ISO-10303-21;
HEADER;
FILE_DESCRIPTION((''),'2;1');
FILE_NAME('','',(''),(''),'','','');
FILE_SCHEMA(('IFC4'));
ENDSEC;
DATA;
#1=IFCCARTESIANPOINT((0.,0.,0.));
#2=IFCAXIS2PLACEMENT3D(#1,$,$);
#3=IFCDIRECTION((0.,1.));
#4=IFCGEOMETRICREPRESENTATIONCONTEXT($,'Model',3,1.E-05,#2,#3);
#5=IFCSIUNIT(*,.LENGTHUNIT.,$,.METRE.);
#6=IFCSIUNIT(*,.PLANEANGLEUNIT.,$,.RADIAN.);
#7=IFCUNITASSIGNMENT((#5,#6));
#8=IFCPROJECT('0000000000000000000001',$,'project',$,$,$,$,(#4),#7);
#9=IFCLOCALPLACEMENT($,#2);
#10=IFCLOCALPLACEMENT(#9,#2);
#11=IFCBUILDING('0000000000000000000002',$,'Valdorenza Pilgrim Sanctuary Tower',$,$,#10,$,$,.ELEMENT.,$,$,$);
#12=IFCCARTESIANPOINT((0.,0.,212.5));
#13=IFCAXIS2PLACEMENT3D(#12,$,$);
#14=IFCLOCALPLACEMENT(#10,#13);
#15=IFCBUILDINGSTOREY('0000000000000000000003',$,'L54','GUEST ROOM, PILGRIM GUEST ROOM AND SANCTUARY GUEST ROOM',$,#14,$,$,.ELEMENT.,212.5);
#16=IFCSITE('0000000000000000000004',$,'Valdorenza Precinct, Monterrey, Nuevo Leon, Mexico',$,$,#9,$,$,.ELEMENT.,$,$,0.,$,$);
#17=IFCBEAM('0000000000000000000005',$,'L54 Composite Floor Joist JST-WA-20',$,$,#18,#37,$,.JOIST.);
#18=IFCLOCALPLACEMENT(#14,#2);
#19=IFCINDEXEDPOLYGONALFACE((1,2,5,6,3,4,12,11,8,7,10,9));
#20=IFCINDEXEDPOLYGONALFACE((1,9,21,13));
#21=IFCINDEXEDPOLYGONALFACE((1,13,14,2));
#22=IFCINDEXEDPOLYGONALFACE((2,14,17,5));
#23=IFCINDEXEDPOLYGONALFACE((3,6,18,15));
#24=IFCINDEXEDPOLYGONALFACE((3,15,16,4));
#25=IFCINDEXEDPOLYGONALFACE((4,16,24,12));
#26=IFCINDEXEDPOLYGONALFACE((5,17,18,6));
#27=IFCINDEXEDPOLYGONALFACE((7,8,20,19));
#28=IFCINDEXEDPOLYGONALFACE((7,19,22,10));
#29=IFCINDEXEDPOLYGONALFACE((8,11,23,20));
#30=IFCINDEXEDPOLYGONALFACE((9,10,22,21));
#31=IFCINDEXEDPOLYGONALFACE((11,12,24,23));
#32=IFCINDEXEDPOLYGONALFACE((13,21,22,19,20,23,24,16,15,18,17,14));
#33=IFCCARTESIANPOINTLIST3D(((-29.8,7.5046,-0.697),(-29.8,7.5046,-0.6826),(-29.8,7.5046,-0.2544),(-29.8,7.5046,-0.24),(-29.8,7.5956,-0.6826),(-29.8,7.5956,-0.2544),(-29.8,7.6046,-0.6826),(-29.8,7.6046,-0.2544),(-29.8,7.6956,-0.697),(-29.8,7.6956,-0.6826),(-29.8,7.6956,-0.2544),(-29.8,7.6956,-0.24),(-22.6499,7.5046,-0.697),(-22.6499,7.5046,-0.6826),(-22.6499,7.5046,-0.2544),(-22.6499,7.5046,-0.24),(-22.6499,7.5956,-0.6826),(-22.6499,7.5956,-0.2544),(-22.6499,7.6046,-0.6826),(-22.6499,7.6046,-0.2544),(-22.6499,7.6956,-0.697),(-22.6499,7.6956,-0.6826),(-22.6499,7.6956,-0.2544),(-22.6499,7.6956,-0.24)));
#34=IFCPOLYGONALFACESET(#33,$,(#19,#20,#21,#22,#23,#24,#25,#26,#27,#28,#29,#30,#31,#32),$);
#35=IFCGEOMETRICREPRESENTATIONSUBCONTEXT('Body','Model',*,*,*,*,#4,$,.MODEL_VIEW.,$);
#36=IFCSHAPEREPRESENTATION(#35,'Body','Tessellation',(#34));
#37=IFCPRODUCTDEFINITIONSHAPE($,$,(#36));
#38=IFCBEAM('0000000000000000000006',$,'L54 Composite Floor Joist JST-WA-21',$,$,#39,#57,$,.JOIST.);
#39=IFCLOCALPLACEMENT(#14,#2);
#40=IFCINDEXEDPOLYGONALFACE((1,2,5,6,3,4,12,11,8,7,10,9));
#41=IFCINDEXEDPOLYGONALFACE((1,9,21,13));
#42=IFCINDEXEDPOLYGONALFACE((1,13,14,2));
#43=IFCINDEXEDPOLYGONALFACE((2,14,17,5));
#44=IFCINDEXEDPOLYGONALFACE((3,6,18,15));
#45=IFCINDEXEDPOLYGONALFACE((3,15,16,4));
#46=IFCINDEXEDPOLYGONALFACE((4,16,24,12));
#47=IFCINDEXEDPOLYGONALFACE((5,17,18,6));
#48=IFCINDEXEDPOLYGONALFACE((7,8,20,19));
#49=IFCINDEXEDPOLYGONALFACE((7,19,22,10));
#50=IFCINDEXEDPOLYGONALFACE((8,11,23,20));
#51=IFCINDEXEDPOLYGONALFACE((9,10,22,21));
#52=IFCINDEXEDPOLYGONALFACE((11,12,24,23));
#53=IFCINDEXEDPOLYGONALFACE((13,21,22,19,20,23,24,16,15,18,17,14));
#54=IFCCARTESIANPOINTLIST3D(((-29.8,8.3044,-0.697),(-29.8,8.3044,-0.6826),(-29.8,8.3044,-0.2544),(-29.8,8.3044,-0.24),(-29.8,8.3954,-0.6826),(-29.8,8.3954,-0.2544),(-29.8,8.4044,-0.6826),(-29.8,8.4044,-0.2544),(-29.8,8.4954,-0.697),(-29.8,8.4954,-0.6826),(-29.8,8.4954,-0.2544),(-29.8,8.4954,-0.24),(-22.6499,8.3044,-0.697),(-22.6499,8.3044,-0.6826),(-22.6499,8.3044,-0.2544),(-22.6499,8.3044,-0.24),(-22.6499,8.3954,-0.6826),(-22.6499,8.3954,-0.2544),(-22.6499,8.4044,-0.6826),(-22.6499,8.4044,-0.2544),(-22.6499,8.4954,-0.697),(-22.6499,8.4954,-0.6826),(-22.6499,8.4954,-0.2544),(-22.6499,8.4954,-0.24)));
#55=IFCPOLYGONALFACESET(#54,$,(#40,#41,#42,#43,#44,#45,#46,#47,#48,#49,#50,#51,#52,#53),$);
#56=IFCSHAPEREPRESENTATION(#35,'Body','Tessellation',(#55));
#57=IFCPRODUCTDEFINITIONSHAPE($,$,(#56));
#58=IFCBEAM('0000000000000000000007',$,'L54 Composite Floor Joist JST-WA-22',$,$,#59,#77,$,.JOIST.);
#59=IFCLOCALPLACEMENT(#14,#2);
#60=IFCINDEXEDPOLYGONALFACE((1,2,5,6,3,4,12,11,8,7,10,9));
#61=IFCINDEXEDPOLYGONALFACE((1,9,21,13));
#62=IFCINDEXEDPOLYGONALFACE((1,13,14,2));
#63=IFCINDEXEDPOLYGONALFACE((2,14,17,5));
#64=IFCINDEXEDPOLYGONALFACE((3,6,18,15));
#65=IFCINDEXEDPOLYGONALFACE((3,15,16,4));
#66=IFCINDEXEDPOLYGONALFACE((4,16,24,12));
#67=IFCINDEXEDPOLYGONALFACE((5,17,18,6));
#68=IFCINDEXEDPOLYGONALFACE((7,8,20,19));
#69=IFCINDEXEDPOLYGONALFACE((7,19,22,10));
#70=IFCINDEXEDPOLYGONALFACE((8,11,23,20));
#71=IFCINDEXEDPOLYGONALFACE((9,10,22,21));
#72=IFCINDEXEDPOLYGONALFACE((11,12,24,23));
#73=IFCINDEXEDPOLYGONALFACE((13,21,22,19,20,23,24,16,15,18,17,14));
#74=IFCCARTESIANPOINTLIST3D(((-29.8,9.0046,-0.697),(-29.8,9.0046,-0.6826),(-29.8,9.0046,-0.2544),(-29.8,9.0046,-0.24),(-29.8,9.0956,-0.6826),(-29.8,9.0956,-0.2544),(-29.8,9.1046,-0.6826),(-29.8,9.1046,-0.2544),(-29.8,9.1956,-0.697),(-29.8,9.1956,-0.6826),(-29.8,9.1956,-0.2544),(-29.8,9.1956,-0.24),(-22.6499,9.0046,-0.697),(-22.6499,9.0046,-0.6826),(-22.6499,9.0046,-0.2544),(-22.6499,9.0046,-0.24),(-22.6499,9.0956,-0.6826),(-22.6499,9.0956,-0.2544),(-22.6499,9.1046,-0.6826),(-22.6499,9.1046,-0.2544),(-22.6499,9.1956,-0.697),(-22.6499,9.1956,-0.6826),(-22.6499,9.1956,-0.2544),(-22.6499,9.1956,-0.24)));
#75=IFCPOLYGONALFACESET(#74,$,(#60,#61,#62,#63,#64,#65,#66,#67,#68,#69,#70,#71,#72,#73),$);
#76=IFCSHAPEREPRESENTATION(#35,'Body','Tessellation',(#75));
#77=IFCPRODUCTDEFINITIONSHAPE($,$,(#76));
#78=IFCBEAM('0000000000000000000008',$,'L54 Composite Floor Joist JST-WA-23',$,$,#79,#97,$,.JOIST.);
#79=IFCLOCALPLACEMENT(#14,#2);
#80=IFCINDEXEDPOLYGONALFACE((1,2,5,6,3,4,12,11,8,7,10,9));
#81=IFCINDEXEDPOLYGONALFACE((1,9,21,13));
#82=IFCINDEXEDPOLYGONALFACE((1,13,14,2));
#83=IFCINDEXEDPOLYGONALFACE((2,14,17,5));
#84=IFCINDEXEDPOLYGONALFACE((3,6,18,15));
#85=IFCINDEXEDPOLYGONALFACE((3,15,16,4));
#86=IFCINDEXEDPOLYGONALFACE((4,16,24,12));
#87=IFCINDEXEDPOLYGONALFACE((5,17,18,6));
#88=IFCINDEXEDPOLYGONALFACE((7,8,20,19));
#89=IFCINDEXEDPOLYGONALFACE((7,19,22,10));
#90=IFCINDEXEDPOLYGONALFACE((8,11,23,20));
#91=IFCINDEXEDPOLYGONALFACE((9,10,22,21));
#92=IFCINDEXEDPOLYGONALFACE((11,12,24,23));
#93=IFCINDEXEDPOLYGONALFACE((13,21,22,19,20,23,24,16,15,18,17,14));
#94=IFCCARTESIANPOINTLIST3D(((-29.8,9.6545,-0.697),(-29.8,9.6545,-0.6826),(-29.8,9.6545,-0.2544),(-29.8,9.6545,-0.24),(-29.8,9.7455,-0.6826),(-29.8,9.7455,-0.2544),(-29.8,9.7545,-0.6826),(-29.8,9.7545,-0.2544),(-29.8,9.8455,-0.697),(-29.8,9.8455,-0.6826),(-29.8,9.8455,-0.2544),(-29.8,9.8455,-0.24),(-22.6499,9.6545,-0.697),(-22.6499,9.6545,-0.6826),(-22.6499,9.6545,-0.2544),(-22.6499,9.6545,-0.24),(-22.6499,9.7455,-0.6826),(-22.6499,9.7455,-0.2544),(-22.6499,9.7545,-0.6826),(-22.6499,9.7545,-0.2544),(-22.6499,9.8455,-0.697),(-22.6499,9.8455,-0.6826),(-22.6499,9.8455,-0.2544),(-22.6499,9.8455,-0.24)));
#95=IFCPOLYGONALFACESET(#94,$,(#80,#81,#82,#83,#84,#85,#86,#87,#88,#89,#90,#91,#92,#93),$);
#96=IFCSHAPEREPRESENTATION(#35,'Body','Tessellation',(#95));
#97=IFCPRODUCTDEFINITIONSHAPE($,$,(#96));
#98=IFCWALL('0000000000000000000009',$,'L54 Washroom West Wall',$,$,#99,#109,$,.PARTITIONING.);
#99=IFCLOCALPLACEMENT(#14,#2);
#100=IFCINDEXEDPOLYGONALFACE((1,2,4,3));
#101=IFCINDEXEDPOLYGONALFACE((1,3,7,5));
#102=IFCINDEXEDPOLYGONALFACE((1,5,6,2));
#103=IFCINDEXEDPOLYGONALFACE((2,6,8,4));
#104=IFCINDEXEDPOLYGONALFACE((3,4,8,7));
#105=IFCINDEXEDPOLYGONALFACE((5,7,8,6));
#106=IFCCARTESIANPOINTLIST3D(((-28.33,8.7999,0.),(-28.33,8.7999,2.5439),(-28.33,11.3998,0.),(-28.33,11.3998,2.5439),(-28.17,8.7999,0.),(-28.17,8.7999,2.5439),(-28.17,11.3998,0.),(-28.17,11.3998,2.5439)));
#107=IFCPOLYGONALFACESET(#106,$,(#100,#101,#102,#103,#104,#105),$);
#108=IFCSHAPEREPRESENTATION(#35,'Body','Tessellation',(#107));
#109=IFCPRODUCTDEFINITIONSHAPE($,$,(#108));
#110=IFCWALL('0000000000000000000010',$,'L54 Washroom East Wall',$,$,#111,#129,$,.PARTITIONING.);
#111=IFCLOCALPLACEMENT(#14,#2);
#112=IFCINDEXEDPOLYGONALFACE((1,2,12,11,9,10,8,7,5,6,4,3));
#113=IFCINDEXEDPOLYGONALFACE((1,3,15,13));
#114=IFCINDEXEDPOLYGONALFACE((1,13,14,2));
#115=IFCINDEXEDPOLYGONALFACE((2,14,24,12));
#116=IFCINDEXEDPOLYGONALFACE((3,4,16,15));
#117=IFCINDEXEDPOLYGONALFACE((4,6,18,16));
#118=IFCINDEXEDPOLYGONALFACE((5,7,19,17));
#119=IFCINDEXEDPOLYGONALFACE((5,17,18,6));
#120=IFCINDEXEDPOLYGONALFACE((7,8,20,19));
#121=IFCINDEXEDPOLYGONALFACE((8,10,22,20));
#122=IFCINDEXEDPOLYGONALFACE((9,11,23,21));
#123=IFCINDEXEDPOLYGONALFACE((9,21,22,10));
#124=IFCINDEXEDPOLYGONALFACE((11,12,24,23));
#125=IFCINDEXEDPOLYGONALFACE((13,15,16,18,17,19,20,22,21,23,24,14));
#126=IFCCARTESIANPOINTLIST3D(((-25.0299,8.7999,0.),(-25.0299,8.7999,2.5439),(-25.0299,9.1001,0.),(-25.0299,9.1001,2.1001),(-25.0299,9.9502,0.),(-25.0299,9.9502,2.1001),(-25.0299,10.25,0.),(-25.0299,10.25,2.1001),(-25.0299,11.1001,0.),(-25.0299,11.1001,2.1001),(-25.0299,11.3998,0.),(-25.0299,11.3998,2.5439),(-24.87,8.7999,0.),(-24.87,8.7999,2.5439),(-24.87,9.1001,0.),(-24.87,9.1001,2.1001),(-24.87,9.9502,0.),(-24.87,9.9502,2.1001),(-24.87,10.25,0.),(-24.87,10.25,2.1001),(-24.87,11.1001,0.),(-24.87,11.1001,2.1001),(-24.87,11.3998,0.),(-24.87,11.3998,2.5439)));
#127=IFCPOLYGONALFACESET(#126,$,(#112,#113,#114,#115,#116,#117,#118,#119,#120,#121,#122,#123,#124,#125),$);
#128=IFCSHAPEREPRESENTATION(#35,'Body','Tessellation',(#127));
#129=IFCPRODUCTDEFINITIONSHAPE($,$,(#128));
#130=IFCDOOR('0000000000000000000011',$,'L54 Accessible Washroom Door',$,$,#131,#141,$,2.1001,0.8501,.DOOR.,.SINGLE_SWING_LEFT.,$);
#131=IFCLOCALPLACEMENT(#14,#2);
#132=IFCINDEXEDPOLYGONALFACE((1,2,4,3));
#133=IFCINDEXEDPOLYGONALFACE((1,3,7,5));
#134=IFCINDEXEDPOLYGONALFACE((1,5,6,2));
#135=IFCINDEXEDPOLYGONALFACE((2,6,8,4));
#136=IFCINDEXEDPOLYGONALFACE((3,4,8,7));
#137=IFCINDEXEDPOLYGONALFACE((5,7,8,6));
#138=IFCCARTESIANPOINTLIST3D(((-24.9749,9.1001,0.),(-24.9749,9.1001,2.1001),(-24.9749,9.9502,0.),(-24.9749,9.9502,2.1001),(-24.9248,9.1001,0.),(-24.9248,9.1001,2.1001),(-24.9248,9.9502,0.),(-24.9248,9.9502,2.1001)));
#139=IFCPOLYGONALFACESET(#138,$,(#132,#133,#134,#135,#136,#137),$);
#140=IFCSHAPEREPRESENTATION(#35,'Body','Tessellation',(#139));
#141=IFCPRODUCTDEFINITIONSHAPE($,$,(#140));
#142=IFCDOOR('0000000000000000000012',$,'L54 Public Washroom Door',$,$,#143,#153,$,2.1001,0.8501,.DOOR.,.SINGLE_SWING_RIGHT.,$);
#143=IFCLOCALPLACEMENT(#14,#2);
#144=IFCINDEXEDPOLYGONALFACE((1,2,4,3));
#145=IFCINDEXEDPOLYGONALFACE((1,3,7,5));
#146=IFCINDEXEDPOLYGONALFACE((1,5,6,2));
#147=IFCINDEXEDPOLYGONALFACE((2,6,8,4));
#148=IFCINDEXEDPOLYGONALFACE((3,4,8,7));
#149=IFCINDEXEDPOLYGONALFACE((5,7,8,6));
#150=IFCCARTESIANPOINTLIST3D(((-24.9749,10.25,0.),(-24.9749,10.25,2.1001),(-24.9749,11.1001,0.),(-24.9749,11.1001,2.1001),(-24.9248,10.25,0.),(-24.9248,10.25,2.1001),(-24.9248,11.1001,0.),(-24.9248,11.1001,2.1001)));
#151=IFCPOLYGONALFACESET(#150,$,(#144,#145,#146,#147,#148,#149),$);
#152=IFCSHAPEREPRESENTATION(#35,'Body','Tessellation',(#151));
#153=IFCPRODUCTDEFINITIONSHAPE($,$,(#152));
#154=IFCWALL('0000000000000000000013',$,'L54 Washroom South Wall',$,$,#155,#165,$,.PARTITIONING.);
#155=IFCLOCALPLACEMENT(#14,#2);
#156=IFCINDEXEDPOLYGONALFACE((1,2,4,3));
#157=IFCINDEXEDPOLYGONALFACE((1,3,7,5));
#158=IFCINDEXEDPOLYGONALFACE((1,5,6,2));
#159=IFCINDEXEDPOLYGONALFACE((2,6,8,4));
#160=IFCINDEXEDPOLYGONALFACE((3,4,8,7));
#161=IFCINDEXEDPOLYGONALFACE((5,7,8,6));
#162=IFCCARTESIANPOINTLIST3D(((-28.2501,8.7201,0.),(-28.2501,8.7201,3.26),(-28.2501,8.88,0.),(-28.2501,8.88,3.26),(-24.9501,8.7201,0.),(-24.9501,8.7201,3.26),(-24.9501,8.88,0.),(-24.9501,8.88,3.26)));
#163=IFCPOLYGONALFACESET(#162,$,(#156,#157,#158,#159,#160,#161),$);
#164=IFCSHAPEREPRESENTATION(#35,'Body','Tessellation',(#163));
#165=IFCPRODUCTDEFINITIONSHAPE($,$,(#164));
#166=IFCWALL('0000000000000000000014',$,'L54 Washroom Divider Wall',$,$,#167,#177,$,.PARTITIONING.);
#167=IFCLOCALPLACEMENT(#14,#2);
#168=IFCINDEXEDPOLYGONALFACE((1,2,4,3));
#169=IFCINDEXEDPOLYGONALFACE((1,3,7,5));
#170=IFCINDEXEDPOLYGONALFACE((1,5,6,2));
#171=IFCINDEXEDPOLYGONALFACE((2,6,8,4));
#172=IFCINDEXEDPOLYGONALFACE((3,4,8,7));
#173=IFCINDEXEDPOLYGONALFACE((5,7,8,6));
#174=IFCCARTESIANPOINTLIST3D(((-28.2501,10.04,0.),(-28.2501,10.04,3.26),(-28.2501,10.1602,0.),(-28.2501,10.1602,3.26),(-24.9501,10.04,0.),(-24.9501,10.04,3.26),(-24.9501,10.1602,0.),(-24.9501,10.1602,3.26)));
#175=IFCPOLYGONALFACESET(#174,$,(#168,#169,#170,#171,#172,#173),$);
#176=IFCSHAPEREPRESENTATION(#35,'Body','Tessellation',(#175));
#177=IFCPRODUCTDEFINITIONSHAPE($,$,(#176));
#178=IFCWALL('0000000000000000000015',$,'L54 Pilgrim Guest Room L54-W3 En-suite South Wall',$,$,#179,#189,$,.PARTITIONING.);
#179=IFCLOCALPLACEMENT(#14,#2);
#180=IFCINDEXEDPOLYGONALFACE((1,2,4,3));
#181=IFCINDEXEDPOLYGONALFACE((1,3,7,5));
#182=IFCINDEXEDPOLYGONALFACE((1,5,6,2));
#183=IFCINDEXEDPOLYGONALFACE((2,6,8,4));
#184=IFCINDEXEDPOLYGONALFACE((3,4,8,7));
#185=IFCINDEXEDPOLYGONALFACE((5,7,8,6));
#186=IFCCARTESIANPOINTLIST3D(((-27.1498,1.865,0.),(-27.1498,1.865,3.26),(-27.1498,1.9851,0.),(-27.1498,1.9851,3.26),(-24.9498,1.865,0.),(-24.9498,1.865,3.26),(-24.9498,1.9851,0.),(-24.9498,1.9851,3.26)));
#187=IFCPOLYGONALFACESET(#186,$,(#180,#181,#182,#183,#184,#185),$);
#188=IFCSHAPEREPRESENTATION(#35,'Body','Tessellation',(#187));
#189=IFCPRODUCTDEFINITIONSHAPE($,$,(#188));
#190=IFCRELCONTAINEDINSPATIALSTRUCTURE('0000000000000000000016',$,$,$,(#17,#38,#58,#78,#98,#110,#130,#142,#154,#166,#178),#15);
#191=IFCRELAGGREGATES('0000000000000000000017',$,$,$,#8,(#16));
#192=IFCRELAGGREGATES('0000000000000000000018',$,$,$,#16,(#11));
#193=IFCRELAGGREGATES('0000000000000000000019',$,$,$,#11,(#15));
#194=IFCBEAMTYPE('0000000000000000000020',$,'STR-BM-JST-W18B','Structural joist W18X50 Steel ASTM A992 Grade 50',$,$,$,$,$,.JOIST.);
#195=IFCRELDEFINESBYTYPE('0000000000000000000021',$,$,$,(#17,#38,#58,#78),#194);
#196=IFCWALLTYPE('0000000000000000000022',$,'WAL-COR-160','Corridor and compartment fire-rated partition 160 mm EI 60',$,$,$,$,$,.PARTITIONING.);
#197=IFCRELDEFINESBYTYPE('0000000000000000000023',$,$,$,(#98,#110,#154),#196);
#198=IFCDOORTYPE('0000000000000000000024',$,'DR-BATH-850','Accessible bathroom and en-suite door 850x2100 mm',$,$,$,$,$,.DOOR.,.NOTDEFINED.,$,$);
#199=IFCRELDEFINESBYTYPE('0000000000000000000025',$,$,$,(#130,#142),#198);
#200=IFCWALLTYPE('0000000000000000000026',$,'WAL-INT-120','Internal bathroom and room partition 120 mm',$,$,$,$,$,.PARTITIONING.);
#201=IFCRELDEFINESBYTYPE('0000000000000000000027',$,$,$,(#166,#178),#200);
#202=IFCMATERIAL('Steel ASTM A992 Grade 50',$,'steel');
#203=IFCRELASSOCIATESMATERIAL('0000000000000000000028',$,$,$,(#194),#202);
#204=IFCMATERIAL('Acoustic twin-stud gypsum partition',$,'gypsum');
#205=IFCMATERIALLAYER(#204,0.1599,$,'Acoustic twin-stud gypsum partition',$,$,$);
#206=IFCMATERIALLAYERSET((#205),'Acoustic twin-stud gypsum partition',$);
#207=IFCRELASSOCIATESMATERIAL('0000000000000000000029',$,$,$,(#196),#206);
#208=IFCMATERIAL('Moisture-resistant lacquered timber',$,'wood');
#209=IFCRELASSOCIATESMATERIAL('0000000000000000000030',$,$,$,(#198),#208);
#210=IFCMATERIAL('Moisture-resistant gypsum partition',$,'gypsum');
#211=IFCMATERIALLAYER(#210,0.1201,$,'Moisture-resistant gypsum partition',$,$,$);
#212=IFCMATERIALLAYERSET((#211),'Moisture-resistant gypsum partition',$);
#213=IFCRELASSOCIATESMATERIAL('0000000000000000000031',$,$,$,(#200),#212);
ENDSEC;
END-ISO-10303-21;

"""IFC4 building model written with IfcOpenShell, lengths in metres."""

from ifc_helpers import new_model, si_unit, direction, frame, frame_2d, origin, origin_2d, place, context, subcontext, project, spatial, rectangle, i_section, extrude, source, transform, mapped, material, layer, layer_set, material_profile, profile_set, type_object, element, fill, save


model = new_model("IFC4")

# Units and contexts
model_context = context("Model", 3, precision=1e-05, world=origin(), true_north=direction((0.0, 1.0)))
body_context = subcontext(model_context, "Body", "Model", "MODEL_VIEW")
ifc_project = project(units=[si_unit("LENGTHUNIT", "METRE"), si_unit("PLANEANGLEUNIT", "RADIAN")], contexts=[model_context])

# Site, building, storey
site_placement = place(None, origin())
site = spatial("IfcSite", under=ifc_project, at=site_placement, Name="Valdorenza Precinct, Monterrey, Nuevo Leon, Mexico", CompositionType="ELEMENT", RefElevation=0.0)
building_placement = place(site_placement, origin())
building = spatial("IfcBuilding", under=site, at=building_placement, Name="Valdorenza Pilgrim Sanctuary Tower", CompositionType="ELEMENT")
storey_placement = place(building_placement, frame((0.0, 0.0, 212.5)))
storey = spatial("IfcBuildingStorey", under=building, at=storey_placement, Name="L54", Description="GUEST ROOM, PILGRIM GUEST ROOM AND SANCTUARY GUEST ROOM", CompositionType="ELEMENT", Elevation=212.5)

# Beams
ifc_material_1 = material(Name="Steel ASTM A992 Grade 50", Category="steel")
ifc_material_profile = material_profile(ifc_material_1, i_section(OverallWidth=0.1909, OverallDepth=0.457, WebThickness=0.009, FlangeThickness=0.0144, at=origin_2d()), Name="W18X50")
ifc_profile_set = profile_set([ifc_material_profile], Name="Steel ASTM A992 Grade 50")
beam_type = type_object("IfcBeamType", Name="STR-BM-JST-W18B", Description="Structural joist W18X50 Steel ASTM A992 Grade 50", PredefinedType="JOIST", material=ifc_profile_set)
shared_shape = source(origin(), body_context, "Body", "SweptSolid", [
    extrude(i_section(OverallWidth=0.1909, OverallDepth=0.457, WebThickness=0.009, FlangeThickness=0.0144, at=origin_2d()), origin(), (0.0, 0.0, 1.0), 7.1501),
])
for number, where, z_axis, x_axis, name in (
    (1, (-29.8, 7.6001, -0.4685), (1.0, 0.0, 0.0), (0.0, 1.0, 0.0), "L54 Composite Floor Joist JST-WA-20"),
    (2, (-29.8, 8.3999, -0.4685), (1.0, 0.0, 0.0), (0.0, 1.0, 0.0), "L54 Composite Floor Joist JST-WA-21"),
    (3, (-29.8, 9.1001, -0.4685), (1.0, 0.0, 0.0), (0.0, 1.0, 0.0), "L54 Composite Floor Joist JST-WA-22"),
    (4, (-29.8, 9.75, -0.4685), (1.0, 0.0, 0.0), (0.0, 1.0, 0.0), "L54 Composite Floor Joist JST-WA-23"),
):
    element("IfcBeam", number, at=place(storey_placement, frame(where, z_axis=z_axis, x_axis=x_axis)), inside=storey, type_object=beam_type, Name=name, PredefinedType="JOIST", context=body_context, shape_type="MappedRepresentation", body=[
        mapped(shared_shape, transform((0.0, 0.0, 0.0), x_axis=(1.0, 0.0, 0.0), y_axis=(0.0, 1.0, 0.0), z_axis=(0.0, 0.0, 1.0), scale=1.0)),
    ])

# Wall
ifc_material_2 = material(Name="Acoustic twin-stud gypsum partition", Category="gypsum")
ifc_layer_1 = layer(ifc_material_2, 0.1599, Name="Acoustic twin-stud gypsum partition")
ifc_layer_set_1 = layer_set([ifc_layer_1], Name="Acoustic twin-stud gypsum partition")
wall_type_1 = type_object("IfcWallType", Name="WAL-COR-160", Description="Corridor and compartment fire-rated partition 160 mm EI 60", PredefinedType="PARTITIONING", material=ifc_layer_set_1)
wall_1_placement = place(storey_placement, frame((-28.25, 8.8, 0.0), z_axis=(0.0, 0.0, 1.0), x_axis=(0.0, 1.0, 0.0)))
element("IfcWall", 5, at=wall_1_placement, inside=storey, type_object=wall_type_1, Name="L54 Washroom West Wall", PredefinedType="PARTITIONING", context=body_context, shape_type="SweptSolid", body=[
    extrude(rectangle(XDim=2.5999, YDim=0.1599, at=frame_2d((1.2998, 0.0))), origin(), (0.0, 0.0, 1.0), 2.5439),
])

# Wall, openings, doors
wall_2_placement = place(storey_placement, frame((-24.95, 8.8, 0.0), z_axis=(0.0, 0.0, 1.0), x_axis=(0.0, 1.0, 0.0)))
wall_2 = element("IfcWall", 6, at=wall_2_placement, inside=storey, type_object=wall_type_1, Name="L54 Washroom East Wall", PredefinedType="PARTITIONING", context=body_context, shape_type="SweptSolid", body=[
    extrude(rectangle(XDim=2.5999, YDim=0.1599, at=frame_2d((1.2998, 0.0))), origin(), (0.0, 0.0, 1.0), 2.5439),
])
opening_1_placement = place(wall_2_placement, frame((0.3, 0.0, 0.0)))
opening_1 = element("IfcOpeningElement", 7, at=opening_1_placement, cuts=wall_2, PredefinedType="OPENING", context=body_context, shape_type="SweptSolid", body=[
    extrude(rectangle(XDim=0.8501, YDim=2.1001, at=frame_2d((0.425, 1.05))), frame((0.0, 0.0947, 0.0), z_axis=(0.0, -1.0, 0.0), x_axis=(1.0, 0.0, 0.0)), (0.0, 0.0, 1.0), 0.1897),
])
opening_2_placement = place(wall_2_placement, frame((1.45, 0.0, 0.0)))
opening_2 = element("IfcOpeningElement", 8, at=opening_2_placement, cuts=wall_2, PredefinedType="OPENING", context=body_context, shape_type="SweptSolid", body=[
    extrude(rectangle(XDim=0.8501, YDim=2.1001, at=frame_2d((0.425, 1.05))), frame((0.0, 0.0947, 0.0), z_axis=(0.0, -1.0, 0.0), x_axis=(1.0, 0.0, 0.0)), (0.0, 0.0, 1.0), 0.1897),
])
ifc_material_3 = material(Name="Moisture-resistant lacquered timber", Category="wood")
door_type_1 = type_object("IfcDoorType", Name="DR-BATH-850", Description="Accessible bathroom and en-suite door 850x2100 mm", OperationType="NOTDEFINED", PredefinedType="DOOR", material=ifc_material_3)
door_1_placement = place(opening_1_placement, origin())
door_1 = element("IfcDoor", 9, at=door_1_placement, inside=storey, type_object=door_type_1, Name="L54 Accessible Washroom Door", OperationType="SINGLE_SWING_LEFT", OverallHeight=2.1001, OverallWidth=0.8501, PredefinedType="DOOR", context=body_context, shape_type="SweptSolid", body=[
    extrude(rectangle(XDim=0.8501, YDim=2.1001, at=frame_2d((0.425, 1.05))), frame((0.0, 0.0249, 0.0), z_axis=(0.0, -1.0, 0.0), x_axis=(1.0, 0.0, 0.0)), (0.0, 0.0, 1.0), 0.05),
])
fill(opening_1, door_1)
door_2_placement = place(opening_2_placement, origin())
door_2 = element("IfcDoor", 10, at=door_2_placement, inside=storey, type_object=door_type_1, Name="L54 Public Washroom Door", OperationType="SINGLE_SWING_RIGHT", OverallHeight=2.1001, OverallWidth=0.8501, PredefinedType="DOOR", context=body_context, shape_type="SweptSolid", body=[
    extrude(rectangle(XDim=0.8501, YDim=2.1001, at=frame_2d((0.425, 1.05))), frame((0.0, 0.0249, 0.0), z_axis=(0.0, -1.0, 0.0), x_axis=(1.0, 0.0, 0.0)), (0.0, 0.0, 1.0), 0.05),
])
fill(opening_2, door_2)

# Walls
wall_3_placement = place(storey_placement, frame((-28.25, 8.8, 0.0), z_axis=(0.0, 0.0, 1.0), x_axis=(1.0, 0.0, 0.0)))
element("IfcWall", 11, at=wall_3_placement, inside=storey, type_object=wall_type_1, Name="L54 Washroom South Wall", PredefinedType="PARTITIONING", context=body_context, shape_type="SweptSolid", body=[
    extrude(rectangle(XDim=3.3, YDim=0.1599, at=frame_2d((1.6499, 0.0))), origin(), (0.0, 0.0, 1.0), 3.26),
])
ifc_material_4 = material(Name="Moisture-resistant gypsum partition", Category="gypsum")
ifc_layer_2 = layer(ifc_material_4, 0.1201, Name="Moisture-resistant gypsum partition")
ifc_layer_set_2 = layer_set([ifc_layer_2], Name="Moisture-resistant gypsum partition")
wall_type_2 = type_object("IfcWallType", Name="WAL-INT-120", Description="Internal bathroom and room partition 120 mm", PredefinedType="PARTITIONING", material=ifc_layer_set_2)
wall_4_placement = place(storey_placement, frame((-28.25, 10.1001, 0.0), z_axis=(0.0, 0.0, 1.0), x_axis=(1.0, 0.0, 0.0)))
element("IfcWall", 12, at=wall_4_placement, inside=storey, type_object=wall_type_2, Name="L54 Washroom Divider Wall", PredefinedType="PARTITIONING", context=body_context, shape_type="SweptSolid", body=[
    extrude(rectangle(XDim=3.3, YDim=0.1201, at=frame_2d((1.6499, 0.0))), origin(), (0.0, 0.0, 1.0), 3.26),
])
wall_5_placement = place(storey_placement, frame((-27.1499, 1.925, 0.0), z_axis=(0.0, 0.0, 1.0), x_axis=(1.0, 0.0, 0.0)))
element("IfcWall", 13, at=wall_5_placement, inside=storey, type_object=wall_type_2, Name="L54 Pilgrim Guest Room L54-W3 En-suite South Wall", PredefinedType="PARTITIONING", context=body_context, shape_type="SweptSolid", body=[
    extrude(rectangle(XDim=2.2, YDim=0.1201, at=frame_2d((1.1001, 0.0))), origin(), (0.0, 0.0, 1.0), 3.26),
])

save(model, "model.ifc")
